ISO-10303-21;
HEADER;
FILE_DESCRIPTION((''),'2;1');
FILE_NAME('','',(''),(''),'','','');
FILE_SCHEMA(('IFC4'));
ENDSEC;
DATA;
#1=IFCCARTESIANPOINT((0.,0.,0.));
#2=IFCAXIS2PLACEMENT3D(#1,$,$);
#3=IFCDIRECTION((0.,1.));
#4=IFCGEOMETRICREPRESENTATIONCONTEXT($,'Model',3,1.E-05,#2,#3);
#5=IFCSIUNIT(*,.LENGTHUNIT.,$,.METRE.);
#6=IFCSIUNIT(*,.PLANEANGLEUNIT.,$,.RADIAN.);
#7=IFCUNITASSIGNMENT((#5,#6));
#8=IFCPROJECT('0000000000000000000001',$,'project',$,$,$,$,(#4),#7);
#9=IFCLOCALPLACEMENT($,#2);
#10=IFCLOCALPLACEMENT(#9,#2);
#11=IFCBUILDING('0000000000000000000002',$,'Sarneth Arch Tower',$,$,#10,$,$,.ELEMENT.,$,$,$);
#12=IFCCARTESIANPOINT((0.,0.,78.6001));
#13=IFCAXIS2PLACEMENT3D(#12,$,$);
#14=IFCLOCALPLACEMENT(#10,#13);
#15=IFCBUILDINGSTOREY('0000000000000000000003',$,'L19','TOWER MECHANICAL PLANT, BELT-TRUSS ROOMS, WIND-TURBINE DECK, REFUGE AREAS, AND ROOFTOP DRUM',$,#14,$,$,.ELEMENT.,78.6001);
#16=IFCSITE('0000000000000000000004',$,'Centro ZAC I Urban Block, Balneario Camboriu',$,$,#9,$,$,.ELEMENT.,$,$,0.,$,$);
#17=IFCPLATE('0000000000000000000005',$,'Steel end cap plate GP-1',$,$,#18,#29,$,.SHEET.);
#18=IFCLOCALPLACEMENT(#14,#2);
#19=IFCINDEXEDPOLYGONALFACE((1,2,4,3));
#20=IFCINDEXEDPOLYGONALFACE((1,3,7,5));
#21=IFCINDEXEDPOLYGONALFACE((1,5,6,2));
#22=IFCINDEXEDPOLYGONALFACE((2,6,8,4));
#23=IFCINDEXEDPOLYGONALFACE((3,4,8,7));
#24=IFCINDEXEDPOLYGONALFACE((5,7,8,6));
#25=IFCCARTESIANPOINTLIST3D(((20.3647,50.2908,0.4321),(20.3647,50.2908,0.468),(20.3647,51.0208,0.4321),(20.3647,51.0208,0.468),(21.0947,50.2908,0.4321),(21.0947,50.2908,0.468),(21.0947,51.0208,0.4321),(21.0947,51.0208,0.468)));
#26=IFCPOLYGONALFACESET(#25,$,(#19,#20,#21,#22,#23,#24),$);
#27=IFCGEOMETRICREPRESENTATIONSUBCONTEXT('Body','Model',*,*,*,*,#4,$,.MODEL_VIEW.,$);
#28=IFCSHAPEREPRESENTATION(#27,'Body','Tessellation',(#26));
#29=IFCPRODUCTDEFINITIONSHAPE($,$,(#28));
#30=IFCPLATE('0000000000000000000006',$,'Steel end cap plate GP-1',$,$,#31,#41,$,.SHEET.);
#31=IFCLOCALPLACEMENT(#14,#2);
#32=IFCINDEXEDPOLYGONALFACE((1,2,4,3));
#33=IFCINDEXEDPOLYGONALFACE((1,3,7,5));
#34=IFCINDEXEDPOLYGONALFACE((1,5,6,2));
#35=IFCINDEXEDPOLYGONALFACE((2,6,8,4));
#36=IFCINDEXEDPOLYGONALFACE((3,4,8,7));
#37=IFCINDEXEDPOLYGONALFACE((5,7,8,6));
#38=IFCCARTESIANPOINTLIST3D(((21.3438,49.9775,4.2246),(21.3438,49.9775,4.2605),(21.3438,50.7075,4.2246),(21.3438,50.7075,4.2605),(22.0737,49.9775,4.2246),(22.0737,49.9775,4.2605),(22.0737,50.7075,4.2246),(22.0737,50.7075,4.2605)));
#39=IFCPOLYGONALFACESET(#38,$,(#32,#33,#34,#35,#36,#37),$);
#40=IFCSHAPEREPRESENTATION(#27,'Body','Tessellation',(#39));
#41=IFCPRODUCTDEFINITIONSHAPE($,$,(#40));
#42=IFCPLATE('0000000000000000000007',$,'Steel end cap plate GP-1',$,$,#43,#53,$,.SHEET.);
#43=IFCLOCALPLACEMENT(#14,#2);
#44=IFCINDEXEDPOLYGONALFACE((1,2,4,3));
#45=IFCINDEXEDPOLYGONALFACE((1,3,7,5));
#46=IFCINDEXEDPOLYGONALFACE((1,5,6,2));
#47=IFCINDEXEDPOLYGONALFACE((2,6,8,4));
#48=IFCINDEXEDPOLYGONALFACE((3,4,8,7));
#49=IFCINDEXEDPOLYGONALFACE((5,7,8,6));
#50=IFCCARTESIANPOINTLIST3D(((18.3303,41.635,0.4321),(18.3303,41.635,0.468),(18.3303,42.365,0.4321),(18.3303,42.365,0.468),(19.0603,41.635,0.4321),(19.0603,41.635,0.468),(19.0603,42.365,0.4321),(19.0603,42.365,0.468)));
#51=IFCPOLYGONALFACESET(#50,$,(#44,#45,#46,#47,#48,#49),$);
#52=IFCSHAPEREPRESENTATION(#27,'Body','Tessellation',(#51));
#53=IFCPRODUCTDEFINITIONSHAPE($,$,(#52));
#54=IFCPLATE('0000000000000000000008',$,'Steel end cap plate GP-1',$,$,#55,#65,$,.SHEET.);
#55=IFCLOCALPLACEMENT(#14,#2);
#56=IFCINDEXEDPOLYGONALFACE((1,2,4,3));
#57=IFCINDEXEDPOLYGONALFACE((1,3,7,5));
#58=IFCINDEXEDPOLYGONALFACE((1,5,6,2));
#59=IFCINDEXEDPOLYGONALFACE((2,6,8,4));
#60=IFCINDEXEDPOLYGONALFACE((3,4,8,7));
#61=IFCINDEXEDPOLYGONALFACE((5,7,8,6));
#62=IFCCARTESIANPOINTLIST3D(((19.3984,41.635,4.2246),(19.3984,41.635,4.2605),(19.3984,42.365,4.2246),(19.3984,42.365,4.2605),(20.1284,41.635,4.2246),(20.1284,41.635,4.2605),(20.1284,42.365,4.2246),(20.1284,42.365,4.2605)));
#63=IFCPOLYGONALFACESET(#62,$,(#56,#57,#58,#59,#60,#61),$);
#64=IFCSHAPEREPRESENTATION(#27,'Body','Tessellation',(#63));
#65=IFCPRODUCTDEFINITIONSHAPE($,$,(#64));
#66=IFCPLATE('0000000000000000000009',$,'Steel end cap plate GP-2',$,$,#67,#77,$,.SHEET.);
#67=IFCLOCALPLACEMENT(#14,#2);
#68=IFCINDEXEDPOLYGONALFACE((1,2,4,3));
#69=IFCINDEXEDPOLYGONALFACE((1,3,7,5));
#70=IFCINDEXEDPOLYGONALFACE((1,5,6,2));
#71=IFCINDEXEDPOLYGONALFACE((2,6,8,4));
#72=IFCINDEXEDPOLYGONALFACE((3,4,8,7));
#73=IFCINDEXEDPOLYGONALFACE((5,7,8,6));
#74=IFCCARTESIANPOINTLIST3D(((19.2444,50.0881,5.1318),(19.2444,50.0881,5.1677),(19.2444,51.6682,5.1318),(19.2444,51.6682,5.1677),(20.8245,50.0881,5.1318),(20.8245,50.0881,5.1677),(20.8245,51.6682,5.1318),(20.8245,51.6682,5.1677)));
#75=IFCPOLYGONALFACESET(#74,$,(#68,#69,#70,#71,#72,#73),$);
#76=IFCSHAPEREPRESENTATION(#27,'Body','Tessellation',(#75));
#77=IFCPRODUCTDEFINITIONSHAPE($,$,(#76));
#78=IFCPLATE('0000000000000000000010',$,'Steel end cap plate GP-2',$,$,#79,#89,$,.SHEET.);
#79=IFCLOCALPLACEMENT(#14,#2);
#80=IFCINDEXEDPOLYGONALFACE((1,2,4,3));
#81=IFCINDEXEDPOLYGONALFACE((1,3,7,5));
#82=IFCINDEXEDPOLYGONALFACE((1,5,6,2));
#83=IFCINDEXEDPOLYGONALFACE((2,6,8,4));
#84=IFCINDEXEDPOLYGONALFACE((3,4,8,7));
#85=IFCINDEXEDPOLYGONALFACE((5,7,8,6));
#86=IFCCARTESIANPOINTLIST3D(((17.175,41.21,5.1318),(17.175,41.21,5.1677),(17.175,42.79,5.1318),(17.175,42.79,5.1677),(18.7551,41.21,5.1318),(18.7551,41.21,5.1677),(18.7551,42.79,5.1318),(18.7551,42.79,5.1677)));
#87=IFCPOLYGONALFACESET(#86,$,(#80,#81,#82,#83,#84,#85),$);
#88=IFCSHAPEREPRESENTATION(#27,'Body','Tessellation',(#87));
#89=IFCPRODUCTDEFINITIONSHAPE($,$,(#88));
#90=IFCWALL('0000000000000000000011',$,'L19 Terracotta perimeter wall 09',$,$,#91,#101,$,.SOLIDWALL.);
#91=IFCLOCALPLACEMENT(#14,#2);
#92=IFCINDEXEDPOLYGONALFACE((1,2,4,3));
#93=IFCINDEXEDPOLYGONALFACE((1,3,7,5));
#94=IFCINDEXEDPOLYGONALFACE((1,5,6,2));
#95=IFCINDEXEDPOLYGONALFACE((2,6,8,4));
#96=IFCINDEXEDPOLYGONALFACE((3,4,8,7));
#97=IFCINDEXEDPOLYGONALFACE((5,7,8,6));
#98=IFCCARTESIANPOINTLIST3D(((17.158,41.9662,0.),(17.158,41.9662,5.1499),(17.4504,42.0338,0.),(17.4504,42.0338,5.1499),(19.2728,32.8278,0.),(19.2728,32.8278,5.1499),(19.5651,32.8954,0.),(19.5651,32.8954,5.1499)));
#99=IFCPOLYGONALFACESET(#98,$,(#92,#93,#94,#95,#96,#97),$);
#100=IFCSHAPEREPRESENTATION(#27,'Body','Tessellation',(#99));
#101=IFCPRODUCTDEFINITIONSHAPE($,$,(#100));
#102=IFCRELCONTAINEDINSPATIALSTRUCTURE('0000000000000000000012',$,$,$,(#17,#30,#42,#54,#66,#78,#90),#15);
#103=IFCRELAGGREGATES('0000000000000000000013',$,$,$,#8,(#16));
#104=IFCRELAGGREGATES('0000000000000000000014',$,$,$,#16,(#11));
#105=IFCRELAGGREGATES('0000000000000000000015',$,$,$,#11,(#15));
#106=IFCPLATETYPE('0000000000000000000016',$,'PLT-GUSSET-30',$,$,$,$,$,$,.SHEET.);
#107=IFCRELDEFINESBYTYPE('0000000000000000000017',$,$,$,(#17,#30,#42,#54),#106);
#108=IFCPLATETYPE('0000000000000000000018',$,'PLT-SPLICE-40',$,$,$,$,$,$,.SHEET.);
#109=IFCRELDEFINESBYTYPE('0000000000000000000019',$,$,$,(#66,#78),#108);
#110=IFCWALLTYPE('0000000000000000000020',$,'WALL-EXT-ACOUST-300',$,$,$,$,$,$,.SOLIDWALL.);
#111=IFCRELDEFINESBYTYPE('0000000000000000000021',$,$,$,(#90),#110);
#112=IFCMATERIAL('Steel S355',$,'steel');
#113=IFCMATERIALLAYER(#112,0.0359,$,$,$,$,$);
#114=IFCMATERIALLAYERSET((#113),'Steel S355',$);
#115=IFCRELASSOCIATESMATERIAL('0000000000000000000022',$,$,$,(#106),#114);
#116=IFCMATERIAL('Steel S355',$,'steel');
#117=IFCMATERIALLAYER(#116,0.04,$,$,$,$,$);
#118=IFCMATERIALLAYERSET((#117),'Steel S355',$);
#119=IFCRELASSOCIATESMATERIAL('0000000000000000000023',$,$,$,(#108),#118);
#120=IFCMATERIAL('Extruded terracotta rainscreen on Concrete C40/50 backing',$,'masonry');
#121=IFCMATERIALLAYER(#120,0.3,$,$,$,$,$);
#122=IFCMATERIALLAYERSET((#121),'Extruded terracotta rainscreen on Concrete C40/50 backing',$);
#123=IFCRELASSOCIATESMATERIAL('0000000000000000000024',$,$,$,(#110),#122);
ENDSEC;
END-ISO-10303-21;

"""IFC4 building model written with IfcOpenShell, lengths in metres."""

from ifc_helpers import new_model, si_unit, direction, frame, frame_2d, origin, origin_2d, place, context, subcontext, project, spatial, rectangle, extrude, material, layer, layer_set, type_object, element, save


model = new_model("IFC4")

# Units and contexts
model_context = context("Model", 3, precision=1e-05, world=origin(), true_north=direction((0.0, 1.0)))
body_context = subcontext(model_context, "Body", "Model", "MODEL_VIEW")
ifc_project = project(units=[si_unit("LENGTHUNIT", "METRE"), si_unit("PLANEANGLEUNIT", "RADIAN")], contexts=[model_context])

# Site, building, storey
site_placement = place(None, origin())
site = spatial("IfcSite", under=ifc_project, at=site_placement, Name="Centro ZAC I Urban Block, Balneario Camboriu", CompositionType="ELEMENT", RefElevation=0.0)
building_placement = place(site_placement, origin())
building = spatial("IfcBuilding", under=site, at=building_placement, Name="Sarneth Arch Tower", CompositionType="ELEMENT")
storey_placement = place(building_placement, frame((0.0, 0.0, 78.6001)))
storey = spatial("IfcBuildingStorey", under=building, at=storey_placement, Name="L19", Description="TOWER MECHANICAL PLANT, BELT-TRUSS ROOMS, WIND-TURBINE DECK, REFUGE AREAS, AND ROOFTOP DRUM", CompositionType="ELEMENT", Elevation=78.6001)

# Plates
ifc_material_1 = material(Name="Steel S355", Category="steel")
ifc_layer_1 = layer(ifc_material_1, 0.0359)
ifc_layer_set_1 = layer_set([ifc_layer_1], Name="Steel S355")
plate_type_1 = type_object("IfcPlateType", Name="PLT-GUSSET-30", PredefinedType="SHEET", material=ifc_layer_set_1)
for number, where, z_axis, x_axis, name in (
    (1, (20.7297, 50.6558, 0.4321), (0.0, 0.0, 1.0), (1.0, 0.0, 0.0), "Steel end cap plate GP-1"),
    (2, (21.7087, 50.3425, 4.2246), (0.0, 0.0, 1.0), (1.0, 0.0, 0.0), "Steel end cap plate GP-1"),
    (3, (18.6953, 42.0, 0.4321), (0.0, 0.0, 1.0), (1.0, 0.0, 0.0), "Steel end cap plate GP-1"),
    (4, (19.7634, 42.0, 4.2246), (0.0, 0.0, 1.0), (1.0, 0.0, 0.0), "Steel end cap plate GP-1"),
):
    element("IfcPlate", number, at=place(storey_placement, frame(where, z_axis=z_axis, x_axis=x_axis)), inside=storey, type_object=plate_type_1, Name=name, PredefinedType="SHEET", context=body_context, shape_type="SweptSolid", body=[
        extrude(rectangle(XDim=0.73, YDim=0.73, at=origin_2d()), origin(), (0.0, 0.0, 1.0), 0.0359),
    ])
ifc_material_2 = material(Name="Steel S355", Category="steel")
ifc_layer_2 = layer(ifc_material_2, 0.04)
ifc_layer_set_2 = layer_set([ifc_layer_2], Name="Steel S355")
plate_type_2 = type_object("IfcPlateType", Name="PLT-SPLICE-40", PredefinedType="SHEET", material=ifc_layer_set_2)
for number, where, z_axis, x_axis, name in (
    (5, (20.0344, 50.8782, 5.1318), (0.0, 0.0, 1.0), (1.0, 0.0, 0.0), "Steel end cap plate GP-2"),
    (6, (17.9651, 42.0, 5.1318), (0.0, 0.0, 1.0), (1.0, 0.0, 0.0), "Steel end cap plate GP-2"),
):
    element("IfcPlate", number, at=place(storey_placement, frame(where, z_axis=z_axis, x_axis=x_axis)), inside=storey, type_object=plate_type_2, Name=name, PredefinedType="SHEET", context=body_context, shape_type="SweptSolid", body=[
        extrude(rectangle(XDim=1.5801, YDim=1.5801, at=origin_2d()), origin(), (0.0, 0.0, 1.0), 0.0359),
    ])

# Wall
ifc_material_3 = material(Name="Extruded terracotta rainscreen on Concrete C40/50 backing", Category="masonry")
ifc_layer_3 = layer(ifc_material_3, 0.3)
ifc_layer_set_3 = layer_set([ifc_layer_3], Name="Extruded terracotta rainscreen on Concrete C40/50 backing")
wall_type = type_object("IfcWallType", Name="WALL-EXT-ACOUST-300", PredefinedType="SOLIDWALL", material=ifc_layer_set_3)
wall_placement = place(storey_placement, frame((17.3042, 42.0, 0.0), z_axis=(0.0, 0.0, 1.0), x_axis=(0.225454, -0.974254, 0.0)))
element("IfcWall", 7, at=wall_placement, inside=storey, type_object=wall_type, Name="L19 Terracotta perimeter wall 09", PredefinedType="SOLIDWALL", context=body_context, shape_type="SweptSolid", body=[
    extrude(rectangle(XDim=9.3799, YDim=0.3, at=frame_2d((4.6899, 0.0))), origin(), (0.0, 0.0, 1.0), 5.1499),
])

save(model, "model.ifc")
